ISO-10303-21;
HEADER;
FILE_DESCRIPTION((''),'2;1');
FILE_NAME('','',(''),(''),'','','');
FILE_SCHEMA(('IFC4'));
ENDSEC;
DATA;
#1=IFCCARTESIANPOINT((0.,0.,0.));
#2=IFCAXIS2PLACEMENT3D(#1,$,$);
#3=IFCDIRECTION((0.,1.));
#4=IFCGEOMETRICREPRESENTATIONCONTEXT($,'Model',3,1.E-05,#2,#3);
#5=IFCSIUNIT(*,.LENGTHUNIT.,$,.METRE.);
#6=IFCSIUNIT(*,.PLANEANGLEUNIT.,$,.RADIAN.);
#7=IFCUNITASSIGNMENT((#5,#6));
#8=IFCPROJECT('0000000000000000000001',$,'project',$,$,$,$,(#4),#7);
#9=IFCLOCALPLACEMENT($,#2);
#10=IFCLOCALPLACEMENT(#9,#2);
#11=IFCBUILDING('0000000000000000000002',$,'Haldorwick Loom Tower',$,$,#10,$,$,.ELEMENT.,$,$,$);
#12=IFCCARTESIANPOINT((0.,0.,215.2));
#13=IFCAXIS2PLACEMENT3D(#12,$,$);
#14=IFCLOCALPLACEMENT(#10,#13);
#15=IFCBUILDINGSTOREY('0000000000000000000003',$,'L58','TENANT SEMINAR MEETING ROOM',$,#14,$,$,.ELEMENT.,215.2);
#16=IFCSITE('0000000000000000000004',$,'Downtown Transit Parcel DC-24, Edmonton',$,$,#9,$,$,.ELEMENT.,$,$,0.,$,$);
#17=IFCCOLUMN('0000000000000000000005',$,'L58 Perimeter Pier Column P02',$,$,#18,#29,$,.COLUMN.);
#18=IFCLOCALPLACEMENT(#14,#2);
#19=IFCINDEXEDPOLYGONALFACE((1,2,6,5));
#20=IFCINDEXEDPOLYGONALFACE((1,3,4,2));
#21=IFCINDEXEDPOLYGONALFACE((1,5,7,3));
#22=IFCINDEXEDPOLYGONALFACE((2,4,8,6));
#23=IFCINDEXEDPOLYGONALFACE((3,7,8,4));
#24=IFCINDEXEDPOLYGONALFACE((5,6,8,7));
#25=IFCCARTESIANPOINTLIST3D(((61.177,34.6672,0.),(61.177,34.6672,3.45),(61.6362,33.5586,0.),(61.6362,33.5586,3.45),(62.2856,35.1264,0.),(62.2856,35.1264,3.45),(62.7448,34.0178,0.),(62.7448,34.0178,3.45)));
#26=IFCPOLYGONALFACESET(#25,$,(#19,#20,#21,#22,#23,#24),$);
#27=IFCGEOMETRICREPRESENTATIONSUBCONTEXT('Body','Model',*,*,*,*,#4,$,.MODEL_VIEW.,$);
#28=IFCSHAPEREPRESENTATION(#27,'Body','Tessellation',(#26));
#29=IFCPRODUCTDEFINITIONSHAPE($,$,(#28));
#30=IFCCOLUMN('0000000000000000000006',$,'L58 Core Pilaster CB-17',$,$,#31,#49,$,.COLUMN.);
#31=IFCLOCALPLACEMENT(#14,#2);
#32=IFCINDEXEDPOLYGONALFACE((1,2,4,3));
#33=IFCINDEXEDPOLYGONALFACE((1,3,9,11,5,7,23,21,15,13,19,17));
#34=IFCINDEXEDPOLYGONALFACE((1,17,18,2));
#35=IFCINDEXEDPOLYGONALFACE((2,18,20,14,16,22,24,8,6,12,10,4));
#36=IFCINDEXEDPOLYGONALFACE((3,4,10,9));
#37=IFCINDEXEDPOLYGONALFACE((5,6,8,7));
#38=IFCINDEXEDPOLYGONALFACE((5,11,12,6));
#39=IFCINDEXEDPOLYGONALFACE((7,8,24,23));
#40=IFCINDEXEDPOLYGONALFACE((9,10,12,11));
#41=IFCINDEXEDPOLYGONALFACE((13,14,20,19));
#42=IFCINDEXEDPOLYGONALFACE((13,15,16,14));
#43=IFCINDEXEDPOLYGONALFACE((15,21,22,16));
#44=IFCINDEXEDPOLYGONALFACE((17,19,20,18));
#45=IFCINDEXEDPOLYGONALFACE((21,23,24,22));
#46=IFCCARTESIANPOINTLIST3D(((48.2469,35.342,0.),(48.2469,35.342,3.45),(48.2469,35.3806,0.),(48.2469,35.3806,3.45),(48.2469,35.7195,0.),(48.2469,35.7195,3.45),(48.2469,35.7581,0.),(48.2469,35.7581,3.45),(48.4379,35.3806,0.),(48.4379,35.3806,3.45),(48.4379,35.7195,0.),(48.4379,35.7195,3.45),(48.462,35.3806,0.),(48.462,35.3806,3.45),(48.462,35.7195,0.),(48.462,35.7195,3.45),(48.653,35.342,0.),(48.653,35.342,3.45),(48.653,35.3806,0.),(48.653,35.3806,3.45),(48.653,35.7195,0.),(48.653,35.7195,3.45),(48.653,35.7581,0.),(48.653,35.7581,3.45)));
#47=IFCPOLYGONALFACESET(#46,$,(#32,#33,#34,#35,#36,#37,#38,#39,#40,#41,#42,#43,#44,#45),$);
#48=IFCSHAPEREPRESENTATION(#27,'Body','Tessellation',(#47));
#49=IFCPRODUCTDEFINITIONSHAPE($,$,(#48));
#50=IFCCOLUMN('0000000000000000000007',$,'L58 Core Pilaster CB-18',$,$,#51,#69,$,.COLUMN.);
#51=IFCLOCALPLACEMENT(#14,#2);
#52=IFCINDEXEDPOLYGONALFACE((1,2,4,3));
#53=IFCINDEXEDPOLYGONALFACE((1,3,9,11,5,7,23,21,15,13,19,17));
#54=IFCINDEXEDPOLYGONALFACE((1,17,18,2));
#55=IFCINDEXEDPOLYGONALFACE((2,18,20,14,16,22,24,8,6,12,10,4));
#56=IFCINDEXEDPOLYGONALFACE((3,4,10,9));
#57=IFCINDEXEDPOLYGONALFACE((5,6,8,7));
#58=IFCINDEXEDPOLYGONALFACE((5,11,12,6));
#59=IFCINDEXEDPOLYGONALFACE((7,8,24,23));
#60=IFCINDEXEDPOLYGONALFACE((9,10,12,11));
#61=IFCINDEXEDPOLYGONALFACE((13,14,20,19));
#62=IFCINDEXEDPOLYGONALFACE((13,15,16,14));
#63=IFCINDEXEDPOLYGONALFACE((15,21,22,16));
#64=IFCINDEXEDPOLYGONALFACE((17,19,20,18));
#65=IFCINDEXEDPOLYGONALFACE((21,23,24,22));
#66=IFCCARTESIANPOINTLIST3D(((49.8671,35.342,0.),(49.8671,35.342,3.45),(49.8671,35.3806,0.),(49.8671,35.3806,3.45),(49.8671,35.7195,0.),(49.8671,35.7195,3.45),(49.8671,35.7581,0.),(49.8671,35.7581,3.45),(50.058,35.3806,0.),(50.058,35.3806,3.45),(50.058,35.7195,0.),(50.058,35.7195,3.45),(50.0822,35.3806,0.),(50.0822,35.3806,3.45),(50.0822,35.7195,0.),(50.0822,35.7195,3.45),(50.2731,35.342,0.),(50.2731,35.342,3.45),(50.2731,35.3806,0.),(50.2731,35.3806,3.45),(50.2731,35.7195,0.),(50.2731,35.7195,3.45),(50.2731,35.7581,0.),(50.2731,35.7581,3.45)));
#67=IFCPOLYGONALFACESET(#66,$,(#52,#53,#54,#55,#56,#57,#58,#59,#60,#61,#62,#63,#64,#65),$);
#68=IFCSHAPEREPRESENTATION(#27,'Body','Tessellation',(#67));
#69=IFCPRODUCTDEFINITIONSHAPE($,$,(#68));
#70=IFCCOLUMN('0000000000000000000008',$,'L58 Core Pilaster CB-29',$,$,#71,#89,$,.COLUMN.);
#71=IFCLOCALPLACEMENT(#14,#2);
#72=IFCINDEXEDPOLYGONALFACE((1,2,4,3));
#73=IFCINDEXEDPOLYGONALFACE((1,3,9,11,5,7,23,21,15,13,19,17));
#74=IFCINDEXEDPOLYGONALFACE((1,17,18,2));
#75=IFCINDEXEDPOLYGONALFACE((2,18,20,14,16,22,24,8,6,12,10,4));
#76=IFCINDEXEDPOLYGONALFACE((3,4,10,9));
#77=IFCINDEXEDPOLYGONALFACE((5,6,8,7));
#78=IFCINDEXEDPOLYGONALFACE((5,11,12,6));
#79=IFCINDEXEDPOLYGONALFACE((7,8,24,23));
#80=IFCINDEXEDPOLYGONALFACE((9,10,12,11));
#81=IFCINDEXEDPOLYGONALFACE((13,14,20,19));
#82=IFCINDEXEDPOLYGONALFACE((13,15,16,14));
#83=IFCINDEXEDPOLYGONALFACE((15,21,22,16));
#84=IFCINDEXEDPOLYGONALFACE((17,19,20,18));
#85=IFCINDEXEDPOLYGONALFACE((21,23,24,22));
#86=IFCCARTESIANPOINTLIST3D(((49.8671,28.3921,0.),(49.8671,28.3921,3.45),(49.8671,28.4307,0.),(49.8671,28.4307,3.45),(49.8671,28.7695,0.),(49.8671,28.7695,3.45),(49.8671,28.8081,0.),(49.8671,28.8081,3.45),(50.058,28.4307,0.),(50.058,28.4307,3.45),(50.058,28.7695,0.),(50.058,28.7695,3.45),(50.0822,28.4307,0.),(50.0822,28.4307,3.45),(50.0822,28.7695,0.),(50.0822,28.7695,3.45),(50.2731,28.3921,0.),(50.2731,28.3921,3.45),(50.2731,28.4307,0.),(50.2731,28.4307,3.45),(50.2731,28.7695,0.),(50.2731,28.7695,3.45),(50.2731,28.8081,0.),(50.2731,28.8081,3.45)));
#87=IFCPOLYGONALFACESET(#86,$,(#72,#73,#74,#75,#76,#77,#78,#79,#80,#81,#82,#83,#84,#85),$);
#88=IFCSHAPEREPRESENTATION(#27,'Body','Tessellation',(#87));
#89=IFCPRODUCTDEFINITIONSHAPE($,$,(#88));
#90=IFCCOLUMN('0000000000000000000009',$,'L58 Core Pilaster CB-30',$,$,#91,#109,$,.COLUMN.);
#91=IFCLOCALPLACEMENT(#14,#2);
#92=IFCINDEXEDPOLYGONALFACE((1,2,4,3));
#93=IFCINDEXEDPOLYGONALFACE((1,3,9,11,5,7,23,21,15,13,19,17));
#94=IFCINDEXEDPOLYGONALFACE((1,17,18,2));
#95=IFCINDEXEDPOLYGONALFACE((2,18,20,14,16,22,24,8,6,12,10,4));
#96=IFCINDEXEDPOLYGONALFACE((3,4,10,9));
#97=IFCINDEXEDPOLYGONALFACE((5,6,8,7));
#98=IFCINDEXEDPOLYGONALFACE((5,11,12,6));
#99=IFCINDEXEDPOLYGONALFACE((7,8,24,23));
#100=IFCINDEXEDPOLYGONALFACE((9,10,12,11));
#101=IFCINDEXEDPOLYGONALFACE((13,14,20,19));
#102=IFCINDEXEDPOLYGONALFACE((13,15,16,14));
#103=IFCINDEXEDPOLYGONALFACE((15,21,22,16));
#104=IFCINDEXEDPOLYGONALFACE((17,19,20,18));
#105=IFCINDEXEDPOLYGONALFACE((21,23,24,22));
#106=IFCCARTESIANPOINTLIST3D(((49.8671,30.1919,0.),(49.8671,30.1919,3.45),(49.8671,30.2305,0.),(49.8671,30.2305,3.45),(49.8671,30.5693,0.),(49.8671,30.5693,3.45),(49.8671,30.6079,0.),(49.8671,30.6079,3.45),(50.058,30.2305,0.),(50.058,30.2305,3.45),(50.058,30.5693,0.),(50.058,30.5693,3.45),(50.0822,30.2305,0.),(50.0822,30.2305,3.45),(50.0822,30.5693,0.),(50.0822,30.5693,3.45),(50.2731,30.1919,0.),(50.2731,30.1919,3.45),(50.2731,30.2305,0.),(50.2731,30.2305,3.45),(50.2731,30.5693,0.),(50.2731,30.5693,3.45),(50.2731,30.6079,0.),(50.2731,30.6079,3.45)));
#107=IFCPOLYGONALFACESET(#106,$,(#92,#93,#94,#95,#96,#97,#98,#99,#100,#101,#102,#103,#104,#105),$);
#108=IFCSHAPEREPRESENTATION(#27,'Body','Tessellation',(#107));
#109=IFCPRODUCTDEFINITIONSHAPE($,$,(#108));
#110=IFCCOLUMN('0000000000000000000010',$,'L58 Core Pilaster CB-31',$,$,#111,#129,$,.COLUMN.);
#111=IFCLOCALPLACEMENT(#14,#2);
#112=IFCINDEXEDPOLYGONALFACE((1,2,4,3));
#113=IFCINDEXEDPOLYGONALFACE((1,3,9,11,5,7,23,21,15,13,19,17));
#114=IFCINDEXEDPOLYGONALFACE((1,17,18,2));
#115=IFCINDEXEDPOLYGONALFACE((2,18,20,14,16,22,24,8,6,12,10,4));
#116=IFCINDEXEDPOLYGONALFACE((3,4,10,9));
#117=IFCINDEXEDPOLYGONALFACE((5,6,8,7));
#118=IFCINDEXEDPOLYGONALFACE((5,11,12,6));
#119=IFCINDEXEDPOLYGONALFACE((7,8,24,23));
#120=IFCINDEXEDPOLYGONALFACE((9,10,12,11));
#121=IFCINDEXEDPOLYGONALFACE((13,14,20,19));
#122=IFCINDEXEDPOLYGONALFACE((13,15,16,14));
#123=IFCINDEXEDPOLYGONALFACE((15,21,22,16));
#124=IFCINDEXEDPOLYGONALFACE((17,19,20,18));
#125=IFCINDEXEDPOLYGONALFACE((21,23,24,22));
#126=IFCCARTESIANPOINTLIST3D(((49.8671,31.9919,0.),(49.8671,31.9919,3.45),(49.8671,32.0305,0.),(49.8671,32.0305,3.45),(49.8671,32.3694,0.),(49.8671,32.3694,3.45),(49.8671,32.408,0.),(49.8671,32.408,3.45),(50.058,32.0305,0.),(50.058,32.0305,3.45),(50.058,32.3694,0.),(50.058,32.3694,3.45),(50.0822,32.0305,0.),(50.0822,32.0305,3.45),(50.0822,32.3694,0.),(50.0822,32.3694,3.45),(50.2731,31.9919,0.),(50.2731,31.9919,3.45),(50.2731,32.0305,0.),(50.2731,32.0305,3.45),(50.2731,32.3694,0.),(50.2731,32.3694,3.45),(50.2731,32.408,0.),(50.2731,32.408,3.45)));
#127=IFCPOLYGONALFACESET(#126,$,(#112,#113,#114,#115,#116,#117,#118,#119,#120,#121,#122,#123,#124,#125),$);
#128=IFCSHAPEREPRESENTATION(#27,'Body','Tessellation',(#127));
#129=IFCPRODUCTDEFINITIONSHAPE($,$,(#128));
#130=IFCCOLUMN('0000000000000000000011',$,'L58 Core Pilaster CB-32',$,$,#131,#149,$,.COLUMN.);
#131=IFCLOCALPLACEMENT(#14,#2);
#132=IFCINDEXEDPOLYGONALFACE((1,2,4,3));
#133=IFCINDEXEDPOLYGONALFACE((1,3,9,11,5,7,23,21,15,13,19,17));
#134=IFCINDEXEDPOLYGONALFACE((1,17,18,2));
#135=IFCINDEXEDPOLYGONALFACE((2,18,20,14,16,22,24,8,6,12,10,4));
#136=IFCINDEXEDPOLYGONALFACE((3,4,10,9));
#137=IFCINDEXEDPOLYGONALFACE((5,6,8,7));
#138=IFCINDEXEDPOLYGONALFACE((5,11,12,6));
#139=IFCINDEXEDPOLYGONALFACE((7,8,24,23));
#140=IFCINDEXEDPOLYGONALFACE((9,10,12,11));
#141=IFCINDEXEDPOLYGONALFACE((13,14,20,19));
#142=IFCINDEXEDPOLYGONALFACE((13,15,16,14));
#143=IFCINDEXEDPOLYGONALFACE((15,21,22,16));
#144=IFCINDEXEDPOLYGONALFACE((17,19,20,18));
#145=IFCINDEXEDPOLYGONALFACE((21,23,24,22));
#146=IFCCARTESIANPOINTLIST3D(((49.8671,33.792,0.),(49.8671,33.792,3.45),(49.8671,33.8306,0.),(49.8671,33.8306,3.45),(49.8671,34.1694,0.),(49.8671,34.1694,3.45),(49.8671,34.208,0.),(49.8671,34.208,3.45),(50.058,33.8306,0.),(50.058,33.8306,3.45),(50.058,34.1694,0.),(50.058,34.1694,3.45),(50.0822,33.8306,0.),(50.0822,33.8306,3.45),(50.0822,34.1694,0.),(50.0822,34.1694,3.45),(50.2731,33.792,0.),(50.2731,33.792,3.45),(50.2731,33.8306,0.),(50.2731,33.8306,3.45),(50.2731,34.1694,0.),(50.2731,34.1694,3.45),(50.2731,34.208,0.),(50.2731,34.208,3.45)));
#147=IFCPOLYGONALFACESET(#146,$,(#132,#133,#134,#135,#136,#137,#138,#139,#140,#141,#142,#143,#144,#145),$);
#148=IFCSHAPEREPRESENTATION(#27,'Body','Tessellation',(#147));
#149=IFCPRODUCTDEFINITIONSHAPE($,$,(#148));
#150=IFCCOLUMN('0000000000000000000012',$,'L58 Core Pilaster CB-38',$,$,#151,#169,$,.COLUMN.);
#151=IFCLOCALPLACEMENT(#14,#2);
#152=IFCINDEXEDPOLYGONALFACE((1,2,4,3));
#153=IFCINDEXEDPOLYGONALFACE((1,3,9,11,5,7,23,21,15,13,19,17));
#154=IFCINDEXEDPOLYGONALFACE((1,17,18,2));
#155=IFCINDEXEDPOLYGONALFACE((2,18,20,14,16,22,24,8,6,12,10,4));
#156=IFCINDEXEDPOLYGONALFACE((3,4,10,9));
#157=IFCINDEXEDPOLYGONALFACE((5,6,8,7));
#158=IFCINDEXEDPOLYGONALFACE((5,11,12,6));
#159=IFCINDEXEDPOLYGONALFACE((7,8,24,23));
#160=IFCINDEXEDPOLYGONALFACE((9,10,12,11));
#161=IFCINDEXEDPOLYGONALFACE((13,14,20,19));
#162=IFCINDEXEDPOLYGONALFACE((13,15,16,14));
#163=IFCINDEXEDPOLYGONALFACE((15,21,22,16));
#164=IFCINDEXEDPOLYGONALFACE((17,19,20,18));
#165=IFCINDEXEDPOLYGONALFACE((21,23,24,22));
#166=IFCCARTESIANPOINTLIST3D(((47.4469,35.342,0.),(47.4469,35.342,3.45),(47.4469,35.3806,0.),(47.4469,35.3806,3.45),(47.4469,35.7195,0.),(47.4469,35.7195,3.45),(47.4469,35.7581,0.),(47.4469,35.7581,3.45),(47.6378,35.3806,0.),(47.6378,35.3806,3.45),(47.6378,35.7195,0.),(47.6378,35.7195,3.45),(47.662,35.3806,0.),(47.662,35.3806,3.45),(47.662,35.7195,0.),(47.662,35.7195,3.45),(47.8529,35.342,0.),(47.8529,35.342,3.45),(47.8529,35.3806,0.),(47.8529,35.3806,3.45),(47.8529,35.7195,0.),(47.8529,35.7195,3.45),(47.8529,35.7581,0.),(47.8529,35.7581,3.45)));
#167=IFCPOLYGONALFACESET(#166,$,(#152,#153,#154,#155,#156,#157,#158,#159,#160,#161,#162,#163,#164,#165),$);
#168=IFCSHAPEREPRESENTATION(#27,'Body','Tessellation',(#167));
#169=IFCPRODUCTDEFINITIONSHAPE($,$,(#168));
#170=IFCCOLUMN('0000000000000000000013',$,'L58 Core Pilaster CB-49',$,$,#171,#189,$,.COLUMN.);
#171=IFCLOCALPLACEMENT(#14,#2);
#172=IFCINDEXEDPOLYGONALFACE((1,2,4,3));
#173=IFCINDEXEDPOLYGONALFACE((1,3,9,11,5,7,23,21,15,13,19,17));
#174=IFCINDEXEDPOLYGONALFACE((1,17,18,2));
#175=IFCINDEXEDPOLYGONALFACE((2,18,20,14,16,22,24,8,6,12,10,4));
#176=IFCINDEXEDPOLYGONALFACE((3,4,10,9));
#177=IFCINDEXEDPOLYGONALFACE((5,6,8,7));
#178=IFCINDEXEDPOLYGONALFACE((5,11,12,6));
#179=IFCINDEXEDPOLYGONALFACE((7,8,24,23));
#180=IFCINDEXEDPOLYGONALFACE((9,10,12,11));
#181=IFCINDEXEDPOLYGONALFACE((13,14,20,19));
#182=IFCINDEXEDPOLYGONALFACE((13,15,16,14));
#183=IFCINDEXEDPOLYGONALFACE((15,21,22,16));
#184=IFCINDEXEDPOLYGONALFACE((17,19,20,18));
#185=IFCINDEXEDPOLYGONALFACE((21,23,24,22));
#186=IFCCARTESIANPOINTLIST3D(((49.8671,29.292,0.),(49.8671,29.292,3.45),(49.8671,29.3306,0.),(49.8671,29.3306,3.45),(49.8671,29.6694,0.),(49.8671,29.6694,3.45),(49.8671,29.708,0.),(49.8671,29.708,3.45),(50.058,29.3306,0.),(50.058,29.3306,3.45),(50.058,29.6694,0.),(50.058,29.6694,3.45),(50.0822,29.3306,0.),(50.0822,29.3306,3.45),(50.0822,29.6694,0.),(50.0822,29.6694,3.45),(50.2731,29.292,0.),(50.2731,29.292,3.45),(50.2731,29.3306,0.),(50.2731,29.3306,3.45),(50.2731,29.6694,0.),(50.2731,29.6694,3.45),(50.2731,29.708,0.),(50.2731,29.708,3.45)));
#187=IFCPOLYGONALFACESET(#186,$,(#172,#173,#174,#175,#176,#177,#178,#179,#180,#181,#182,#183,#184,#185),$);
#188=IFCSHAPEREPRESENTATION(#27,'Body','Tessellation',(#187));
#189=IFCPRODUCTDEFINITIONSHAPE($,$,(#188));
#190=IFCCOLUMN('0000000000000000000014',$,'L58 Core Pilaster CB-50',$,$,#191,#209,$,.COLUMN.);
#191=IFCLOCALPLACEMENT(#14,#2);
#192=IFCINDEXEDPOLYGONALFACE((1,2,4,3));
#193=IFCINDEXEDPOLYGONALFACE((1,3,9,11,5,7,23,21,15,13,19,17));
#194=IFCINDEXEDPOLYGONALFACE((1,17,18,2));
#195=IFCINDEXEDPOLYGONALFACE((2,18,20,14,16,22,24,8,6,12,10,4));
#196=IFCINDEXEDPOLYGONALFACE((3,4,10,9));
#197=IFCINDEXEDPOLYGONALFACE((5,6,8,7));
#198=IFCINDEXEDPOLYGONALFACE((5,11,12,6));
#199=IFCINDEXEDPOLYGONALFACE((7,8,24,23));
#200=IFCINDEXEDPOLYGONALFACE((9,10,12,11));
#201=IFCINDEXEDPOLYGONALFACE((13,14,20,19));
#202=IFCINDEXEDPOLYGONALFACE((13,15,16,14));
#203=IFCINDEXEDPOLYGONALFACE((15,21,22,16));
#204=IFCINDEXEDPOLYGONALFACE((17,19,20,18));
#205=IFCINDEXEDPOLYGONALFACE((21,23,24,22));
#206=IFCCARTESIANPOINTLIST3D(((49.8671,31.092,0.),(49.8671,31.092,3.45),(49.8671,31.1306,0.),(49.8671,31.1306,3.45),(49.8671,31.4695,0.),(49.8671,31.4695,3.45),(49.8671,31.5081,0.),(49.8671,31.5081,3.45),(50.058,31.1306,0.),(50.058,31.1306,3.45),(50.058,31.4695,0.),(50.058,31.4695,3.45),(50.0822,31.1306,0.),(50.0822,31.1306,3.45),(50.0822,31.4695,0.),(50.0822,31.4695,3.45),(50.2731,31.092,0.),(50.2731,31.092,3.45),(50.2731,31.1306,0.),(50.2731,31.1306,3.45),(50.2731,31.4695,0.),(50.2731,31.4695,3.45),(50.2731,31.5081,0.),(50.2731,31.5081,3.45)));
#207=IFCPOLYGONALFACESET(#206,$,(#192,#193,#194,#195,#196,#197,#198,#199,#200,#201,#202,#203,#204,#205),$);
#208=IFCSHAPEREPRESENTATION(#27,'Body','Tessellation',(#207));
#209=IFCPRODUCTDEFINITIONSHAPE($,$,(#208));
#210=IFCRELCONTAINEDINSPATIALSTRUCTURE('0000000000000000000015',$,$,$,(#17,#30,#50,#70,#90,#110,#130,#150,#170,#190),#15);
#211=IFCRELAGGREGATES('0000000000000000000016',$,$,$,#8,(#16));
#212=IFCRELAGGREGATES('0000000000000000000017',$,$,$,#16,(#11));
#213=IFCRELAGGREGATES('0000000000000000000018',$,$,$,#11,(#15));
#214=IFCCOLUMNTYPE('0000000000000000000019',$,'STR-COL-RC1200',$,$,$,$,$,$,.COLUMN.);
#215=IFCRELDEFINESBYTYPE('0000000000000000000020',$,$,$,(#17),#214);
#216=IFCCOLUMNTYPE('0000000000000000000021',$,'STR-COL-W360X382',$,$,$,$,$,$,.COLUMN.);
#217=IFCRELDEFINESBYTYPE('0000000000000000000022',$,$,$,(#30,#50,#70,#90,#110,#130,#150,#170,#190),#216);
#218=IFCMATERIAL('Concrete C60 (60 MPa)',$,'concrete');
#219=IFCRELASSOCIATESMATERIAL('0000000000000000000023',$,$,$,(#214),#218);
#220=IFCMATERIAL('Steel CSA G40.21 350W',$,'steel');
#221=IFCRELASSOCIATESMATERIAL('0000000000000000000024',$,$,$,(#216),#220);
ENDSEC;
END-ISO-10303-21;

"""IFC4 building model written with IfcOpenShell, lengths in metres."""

from ifc_helpers import new_model, si_unit, direction, frame, origin, origin_2d, place, context, subcontext, project, spatial, rectangle, i_section, extrude, material, material_profile, profile_set, type_object, element, save


model = new_model("IFC4")

# Units and contexts
model_context = context("Model", 3, precision=1e-05, world=origin(), true_north=direction((0.0, 1.0)))
body_context = subcontext(model_context, "Body", "Model", "MODEL_VIEW")
ifc_project = project(units=[si_unit("LENGTHUNIT", "METRE"), si_unit("PLANEANGLEUNIT", "RADIAN")], contexts=[model_context])

# Site, building, storey
site_placement = place(None, origin())
site = spatial("IfcSite", under=ifc_project, at=site_placement, Name="Downtown Transit Parcel DC-24, Edmonton", CompositionType="ELEMENT", RefElevation=0.0)
building_placement = place(site_placement, origin())
building = spatial("IfcBuilding", under=site, at=building_placement, Name="Haldorwick Loom Tower", CompositionType="ELEMENT")
storey_placement = place(building_placement, frame((0.0, 0.0, 215.2)))
storey = spatial("IfcBuildingStorey", under=building, at=storey_placement, Name="L58", Description="TENANT SEMINAR MEETING ROOM", CompositionType="ELEMENT", Elevation=215.2)

# Columns
ifc_material_1 = material(Name="Concrete C60 (60 MPa)", Category="concrete")
ifc_material_profile_1 = material_profile(ifc_material_1, rectangle(XDim=1.2, YDim=1.2, at=origin_2d()), Name="RC1200X1200", Category="concrete")
ifc_profile_set_1 = profile_set([ifc_material_profile_1], Name="Concrete C60 (60 MPa)")
column_type_1 = type_object("IfcColumnType", Name="STR-COL-RC1200", PredefinedType="COLUMN", material=ifc_profile_set_1)
column_1_placement = place(storey_placement, frame((61.9609, 34.3425, 0.0), z_axis=(0.0, 0.0, 1.0), x_axis=(0.92388, 0.382683, 0.0)))
element("IfcColumn", 1, at=column_1_placement, inside=storey, type_object=column_type_1, Name="L58 Perimeter Pier Column P02", PredefinedType="COLUMN", context=body_context, shape_type="SweptSolid", body=[
    extrude(rectangle(XDim=1.2, YDim=1.2, at=origin_2d()), origin(), (0.0, 0.0, 1.0), 3.45),
])
ifc_material_2 = material(Name="Steel CSA G40.21 350W", Category="steel")
ifc_material_profile_2 = material_profile(ifc_material_2, i_section(OverallWidth=0.406, OverallDepth=0.416, WebThickness=0.0242, FlangeThickness=0.0386, at=origin_2d()), Name="W360X382", Category="steel")
ifc_profile_set_2 = profile_set([ifc_material_profile_2], Name="Steel CSA G40.21 350W")
column_type_2 = type_object("IfcColumnType", Name="STR-COL-W360X382", PredefinedType="COLUMN", material=ifc_profile_set_2)
for number, where, z_axis, x_axis, name in (
    (2, (48.45, 35.55, 0.0), (0.0, 0.0, 1.0), (1.0, 0.0, 0.0), "L58 Core Pilaster CB-17"),
    (3, (50.0701, 35.55, 0.0), (0.0, 0.0, 1.0), (1.0, 0.0, 0.0), "L58 Core Pilaster CB-18"),
    (4, (50.0701, 28.6001, 0.0), (0.0, 0.0, 1.0), (1.0, 0.0, 0.0), "L58 Core Pilaster CB-29"),
    (5, (50.0701, 30.3999, 0.0), (0.0, 0.0, 1.0), (1.0, 0.0, 0.0), "L58 Core Pilaster CB-30"),
    (6, (50.0701, 32.2, 0.0), (0.0, 0.0, 1.0), (1.0, 0.0, 0.0), "L58 Core Pilaster CB-31"),
    (7, (50.0701, 34.0, 0.0), (0.0, 0.0, 1.0), (1.0, 0.0, 0.0), "L58 Core Pilaster CB-32"),
    (8, (47.6499, 35.55, 0.0), (0.0, 0.0, 1.0), (1.0, 0.0, 0.0), "L58 Core Pilaster CB-38"),
    (9, (50.0701, 29.5, 0.0), (0.0, 0.0, 1.0), (1.0, 0.0, 0.0), "L58 Core Pilaster CB-49"),
    (10, (50.0701, 31.3, 0.0), (0.0, 0.0, 1.0), (1.0, 0.0, 0.0), "L58 Core Pilaster CB-50"),
):
    element("IfcColumn", number, at=place(storey_placement, frame(where, z_axis=z_axis, x_axis=x_axis)), inside=storey, type_object=column_type_2, Name=name, PredefinedType="COLUMN", context=body_context, shape_type="SweptSolid", body=[
        extrude(i_section(OverallWidth=0.406, OverallDepth=0.416, WebThickness=0.0242, FlangeThickness=0.0386, at=origin_2d()), origin(), (0.0, 0.0, 1.0), 3.45),
    ])

save(model, "model.ifc")
